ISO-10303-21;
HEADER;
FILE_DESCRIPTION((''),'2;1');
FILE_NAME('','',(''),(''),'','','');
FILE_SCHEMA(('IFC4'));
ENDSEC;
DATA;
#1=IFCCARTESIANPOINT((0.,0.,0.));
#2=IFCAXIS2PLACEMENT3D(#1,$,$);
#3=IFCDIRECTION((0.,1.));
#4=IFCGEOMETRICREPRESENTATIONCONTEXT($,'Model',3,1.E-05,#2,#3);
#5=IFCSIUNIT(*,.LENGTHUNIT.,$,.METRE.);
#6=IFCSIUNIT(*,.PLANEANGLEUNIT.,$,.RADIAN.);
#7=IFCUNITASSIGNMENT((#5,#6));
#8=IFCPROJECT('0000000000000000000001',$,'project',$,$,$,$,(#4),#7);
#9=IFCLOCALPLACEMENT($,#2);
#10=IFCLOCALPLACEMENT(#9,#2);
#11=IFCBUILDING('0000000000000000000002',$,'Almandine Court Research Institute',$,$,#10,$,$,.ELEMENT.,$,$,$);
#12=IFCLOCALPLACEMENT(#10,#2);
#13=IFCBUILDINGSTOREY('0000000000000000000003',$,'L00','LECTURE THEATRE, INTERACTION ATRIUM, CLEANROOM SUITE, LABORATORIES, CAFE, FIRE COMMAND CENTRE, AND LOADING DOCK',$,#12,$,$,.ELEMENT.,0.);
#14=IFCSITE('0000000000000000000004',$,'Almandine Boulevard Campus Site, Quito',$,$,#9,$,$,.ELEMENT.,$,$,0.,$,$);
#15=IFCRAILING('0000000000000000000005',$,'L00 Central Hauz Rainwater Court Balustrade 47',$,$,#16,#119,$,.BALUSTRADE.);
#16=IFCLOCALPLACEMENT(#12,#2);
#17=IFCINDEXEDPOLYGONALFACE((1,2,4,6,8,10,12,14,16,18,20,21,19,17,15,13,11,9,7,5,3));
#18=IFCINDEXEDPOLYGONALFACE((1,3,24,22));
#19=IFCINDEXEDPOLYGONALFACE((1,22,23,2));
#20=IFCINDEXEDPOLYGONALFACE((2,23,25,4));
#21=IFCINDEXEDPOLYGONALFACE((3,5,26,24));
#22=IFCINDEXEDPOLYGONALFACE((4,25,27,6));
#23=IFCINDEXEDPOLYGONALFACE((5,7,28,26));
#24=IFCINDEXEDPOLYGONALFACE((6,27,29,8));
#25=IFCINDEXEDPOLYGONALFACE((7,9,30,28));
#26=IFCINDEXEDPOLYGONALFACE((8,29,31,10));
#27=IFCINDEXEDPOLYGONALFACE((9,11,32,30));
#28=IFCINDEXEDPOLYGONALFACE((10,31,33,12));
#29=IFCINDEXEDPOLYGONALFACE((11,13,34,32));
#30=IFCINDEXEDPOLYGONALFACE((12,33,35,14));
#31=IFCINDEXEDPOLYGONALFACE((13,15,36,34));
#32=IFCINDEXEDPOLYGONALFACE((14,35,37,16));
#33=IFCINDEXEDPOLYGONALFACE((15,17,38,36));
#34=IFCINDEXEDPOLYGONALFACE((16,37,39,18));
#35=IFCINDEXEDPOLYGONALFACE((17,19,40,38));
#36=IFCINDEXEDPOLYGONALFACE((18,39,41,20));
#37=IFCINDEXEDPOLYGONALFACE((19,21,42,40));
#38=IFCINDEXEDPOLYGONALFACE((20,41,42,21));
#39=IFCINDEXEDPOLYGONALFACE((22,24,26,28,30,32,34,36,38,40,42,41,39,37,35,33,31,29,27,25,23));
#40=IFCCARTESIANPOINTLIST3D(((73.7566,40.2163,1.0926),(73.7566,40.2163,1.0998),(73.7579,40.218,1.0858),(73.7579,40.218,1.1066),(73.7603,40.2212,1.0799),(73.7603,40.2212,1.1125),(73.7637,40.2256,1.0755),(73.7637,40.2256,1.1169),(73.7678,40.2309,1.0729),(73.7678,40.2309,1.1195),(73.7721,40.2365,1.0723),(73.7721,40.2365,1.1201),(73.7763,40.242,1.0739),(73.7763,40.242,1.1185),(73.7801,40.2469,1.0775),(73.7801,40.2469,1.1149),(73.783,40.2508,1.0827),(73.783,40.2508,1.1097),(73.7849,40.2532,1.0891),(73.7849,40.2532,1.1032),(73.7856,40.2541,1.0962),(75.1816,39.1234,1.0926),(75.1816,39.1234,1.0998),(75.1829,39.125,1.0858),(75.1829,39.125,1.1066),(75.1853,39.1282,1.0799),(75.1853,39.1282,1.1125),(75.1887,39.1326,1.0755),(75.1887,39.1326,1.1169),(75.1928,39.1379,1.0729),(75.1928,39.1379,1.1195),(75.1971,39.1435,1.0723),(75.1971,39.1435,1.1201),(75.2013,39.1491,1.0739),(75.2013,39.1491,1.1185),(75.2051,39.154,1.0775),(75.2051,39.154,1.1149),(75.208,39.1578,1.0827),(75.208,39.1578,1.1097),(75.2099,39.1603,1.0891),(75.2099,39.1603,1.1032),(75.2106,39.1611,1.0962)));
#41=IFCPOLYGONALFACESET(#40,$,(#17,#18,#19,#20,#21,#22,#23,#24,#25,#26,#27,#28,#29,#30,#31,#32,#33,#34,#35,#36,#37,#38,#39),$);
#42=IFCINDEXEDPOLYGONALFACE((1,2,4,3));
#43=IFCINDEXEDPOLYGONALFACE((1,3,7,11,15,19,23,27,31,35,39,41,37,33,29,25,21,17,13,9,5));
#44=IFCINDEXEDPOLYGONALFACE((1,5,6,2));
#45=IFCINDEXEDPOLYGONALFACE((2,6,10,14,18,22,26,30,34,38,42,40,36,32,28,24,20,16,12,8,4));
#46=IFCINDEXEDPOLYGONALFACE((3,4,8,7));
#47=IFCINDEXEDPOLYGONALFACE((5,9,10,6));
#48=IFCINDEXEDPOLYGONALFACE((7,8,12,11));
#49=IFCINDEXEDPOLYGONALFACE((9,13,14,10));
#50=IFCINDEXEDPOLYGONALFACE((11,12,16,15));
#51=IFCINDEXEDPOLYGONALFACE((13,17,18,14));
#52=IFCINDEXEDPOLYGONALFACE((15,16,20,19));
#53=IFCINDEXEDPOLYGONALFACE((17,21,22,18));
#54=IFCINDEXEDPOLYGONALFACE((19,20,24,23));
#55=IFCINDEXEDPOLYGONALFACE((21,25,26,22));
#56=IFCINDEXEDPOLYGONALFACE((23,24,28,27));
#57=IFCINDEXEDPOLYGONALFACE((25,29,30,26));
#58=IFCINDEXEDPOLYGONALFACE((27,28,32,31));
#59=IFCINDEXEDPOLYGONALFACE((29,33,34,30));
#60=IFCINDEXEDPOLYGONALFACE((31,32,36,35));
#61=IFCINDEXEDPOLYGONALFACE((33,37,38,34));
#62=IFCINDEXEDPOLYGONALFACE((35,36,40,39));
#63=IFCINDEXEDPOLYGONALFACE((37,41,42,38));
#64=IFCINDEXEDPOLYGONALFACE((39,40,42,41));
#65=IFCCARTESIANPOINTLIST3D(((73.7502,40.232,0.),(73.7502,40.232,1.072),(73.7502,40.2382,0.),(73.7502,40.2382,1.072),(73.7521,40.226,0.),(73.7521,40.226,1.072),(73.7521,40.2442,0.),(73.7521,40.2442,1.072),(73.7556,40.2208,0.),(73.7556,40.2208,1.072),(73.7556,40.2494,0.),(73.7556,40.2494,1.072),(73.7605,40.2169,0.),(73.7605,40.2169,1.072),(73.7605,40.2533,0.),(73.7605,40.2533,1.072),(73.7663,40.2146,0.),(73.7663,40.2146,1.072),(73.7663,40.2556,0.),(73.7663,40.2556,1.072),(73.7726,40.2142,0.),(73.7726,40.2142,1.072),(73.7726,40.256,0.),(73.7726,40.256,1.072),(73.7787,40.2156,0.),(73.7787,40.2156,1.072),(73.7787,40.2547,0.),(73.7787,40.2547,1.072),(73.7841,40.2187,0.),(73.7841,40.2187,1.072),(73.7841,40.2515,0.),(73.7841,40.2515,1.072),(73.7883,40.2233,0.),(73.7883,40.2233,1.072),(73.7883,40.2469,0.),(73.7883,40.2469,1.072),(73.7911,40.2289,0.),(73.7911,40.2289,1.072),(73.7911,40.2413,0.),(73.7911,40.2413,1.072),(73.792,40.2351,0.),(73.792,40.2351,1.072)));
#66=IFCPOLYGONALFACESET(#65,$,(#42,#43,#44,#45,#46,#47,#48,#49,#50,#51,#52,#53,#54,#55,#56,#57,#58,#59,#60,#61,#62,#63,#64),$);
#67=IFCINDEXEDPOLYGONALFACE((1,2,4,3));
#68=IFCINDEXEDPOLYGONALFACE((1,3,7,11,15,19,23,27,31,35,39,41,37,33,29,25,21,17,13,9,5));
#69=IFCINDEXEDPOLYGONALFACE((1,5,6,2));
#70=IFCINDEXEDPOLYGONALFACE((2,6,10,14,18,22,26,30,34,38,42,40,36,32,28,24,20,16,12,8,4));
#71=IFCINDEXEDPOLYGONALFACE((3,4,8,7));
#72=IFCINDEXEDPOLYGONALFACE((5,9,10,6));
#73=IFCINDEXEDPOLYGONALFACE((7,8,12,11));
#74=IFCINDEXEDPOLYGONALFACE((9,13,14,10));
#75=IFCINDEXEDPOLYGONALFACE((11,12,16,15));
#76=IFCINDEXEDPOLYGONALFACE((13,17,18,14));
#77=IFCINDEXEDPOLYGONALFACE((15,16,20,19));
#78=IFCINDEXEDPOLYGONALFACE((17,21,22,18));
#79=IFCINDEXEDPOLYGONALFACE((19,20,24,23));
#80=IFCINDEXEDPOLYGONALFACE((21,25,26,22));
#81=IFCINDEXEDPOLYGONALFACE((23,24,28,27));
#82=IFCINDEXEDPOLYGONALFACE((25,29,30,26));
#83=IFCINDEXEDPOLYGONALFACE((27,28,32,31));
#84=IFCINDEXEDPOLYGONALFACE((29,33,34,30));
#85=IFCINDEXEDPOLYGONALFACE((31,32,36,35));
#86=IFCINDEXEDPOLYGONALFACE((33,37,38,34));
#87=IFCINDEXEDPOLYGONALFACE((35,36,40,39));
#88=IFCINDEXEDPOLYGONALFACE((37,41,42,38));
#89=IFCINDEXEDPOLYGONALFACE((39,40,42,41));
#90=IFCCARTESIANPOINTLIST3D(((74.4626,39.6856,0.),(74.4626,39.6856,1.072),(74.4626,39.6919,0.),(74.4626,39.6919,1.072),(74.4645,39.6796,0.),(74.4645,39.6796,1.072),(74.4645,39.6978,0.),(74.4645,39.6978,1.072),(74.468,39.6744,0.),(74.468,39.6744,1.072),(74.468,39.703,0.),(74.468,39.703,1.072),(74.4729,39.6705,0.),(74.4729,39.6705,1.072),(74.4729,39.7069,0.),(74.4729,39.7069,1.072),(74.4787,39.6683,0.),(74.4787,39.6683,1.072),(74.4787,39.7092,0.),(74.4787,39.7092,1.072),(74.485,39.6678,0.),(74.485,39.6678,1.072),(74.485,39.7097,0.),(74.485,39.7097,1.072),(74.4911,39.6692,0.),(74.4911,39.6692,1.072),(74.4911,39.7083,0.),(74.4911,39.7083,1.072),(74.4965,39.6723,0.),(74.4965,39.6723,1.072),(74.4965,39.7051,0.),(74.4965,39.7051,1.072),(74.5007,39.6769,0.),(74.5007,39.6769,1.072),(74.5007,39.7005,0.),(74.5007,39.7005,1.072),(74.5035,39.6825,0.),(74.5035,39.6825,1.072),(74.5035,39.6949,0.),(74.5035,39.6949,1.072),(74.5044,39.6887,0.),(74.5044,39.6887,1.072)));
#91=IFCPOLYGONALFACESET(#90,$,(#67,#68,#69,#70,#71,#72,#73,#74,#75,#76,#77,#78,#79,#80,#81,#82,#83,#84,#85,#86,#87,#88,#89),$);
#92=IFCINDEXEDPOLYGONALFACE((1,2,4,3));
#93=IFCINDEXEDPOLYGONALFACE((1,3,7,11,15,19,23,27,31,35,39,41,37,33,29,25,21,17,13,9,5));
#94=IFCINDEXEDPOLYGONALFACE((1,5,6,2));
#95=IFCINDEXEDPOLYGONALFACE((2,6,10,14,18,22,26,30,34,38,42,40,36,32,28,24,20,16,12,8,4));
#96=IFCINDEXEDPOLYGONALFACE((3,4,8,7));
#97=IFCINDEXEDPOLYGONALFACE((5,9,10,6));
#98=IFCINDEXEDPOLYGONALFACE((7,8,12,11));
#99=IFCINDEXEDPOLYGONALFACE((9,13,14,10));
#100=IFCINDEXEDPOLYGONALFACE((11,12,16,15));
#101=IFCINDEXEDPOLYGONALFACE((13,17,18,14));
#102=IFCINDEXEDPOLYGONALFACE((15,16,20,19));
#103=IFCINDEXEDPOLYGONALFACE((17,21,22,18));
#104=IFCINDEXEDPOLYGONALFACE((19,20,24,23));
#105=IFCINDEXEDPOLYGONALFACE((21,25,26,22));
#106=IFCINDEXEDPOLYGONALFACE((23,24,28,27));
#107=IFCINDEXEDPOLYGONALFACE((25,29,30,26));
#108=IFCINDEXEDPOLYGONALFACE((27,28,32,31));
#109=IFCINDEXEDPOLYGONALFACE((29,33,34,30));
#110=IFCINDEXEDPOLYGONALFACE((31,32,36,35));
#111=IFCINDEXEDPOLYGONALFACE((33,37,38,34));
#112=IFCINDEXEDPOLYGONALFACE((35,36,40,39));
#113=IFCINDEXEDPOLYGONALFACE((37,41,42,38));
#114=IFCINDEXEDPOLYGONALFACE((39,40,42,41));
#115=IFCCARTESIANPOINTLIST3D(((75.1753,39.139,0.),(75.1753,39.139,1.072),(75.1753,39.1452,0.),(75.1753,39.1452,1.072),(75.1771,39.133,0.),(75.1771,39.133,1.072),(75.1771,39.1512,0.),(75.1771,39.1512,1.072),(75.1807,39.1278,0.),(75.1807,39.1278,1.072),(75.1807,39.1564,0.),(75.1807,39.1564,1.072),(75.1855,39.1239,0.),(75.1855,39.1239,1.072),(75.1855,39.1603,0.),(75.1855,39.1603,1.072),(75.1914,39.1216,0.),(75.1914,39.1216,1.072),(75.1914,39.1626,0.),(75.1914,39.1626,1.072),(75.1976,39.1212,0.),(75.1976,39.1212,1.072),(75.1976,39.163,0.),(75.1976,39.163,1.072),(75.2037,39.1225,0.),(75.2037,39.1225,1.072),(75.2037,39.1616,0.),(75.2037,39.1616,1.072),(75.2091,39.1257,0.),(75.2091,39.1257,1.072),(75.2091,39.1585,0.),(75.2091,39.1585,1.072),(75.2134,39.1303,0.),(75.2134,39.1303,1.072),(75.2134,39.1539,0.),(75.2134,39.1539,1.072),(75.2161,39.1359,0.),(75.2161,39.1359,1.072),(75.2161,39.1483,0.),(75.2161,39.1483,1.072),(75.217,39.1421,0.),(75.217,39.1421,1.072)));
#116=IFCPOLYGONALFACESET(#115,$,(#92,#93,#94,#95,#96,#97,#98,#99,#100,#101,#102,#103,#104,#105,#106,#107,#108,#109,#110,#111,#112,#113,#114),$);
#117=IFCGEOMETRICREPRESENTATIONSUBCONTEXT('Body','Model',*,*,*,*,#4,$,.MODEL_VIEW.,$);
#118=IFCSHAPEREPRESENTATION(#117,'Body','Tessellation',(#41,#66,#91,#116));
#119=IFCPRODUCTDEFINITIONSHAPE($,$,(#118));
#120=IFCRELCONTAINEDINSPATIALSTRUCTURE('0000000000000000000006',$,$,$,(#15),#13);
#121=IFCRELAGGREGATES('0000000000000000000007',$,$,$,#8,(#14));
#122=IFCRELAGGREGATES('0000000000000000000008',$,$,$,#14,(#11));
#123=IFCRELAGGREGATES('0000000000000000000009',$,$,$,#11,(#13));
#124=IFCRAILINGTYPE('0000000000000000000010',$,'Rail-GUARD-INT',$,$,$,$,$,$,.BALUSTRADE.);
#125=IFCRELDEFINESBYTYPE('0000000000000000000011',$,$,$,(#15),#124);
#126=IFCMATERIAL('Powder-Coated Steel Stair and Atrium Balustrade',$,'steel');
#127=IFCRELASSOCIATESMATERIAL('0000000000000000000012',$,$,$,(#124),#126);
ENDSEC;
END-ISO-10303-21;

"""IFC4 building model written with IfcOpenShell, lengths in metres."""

from ifc_helpers import new_model, si_unit, direction, frame, origin, origin_2d, place, context, subcontext, project, spatial, circle, extrude, material, type_object, element, save


model = new_model("IFC4")

# Units and contexts
model_context = context("Model", 3, precision=1e-05, world=origin(), true_north=direction((0.0, 1.0)))
body_context = subcontext(model_context, "Body", "Model", "MODEL_VIEW")
ifc_project = project(units=[si_unit("LENGTHUNIT", "METRE"), si_unit("PLANEANGLEUNIT", "RADIAN")], contexts=[model_context])

# Site, building, storey
site_placement = place(None, origin())
site = spatial("IfcSite", under=ifc_project, at=site_placement, Name="Almandine Boulevard Campus Site, Quito", CompositionType="ELEMENT", RefElevation=0.0)
building_placement = place(site_placement, origin())
building = spatial("IfcBuilding", under=site, at=building_placement, Name="Almandine Court Research Institute", CompositionType="ELEMENT")
storey_placement = place(building_placement, origin())
storey = spatial("IfcBuildingStorey", under=building, at=storey_placement, Name="L00", Description="LECTURE THEATRE, INTERACTION ATRIUM, CLEANROOM SUITE, LABORATORIES, CAFE, FIRE COMMAND CENTRE, AND LOADING DOCK", CompositionType="ELEMENT", Elevation=0.0)

# Railing
ifc_material_1 = material(Name="Powder-Coated Steel Stair and Atrium Balustrade", Category="steel")
railing_type = type_object("IfcRailingType", Name="Rail-GUARD-INT", PredefinedType="BALUSTRADE", material=ifc_material_1)
railing_1_placement = place(storey_placement, frame((73.771, 40.2351, 0.0)))
element("IfcRailing", 1, at=railing_1_placement, inside=storey, type_object=railing_type, Name="L00 Central Hauz Rainwater Court Balustrade 47", PredefinedType="BALUSTRADE", context=body_context, shape_type="SweptSolid", body=[
    extrude(circle(Radius=0.0239, at=origin_2d()), frame((0.0, 0.0, 1.0962), z_axis=(0.793477, -0.6086, 0.0), x_axis=(0.6086, 0.793477, 0.0)), (0.0, 0.0, 1.0), 1.7959),
    extrude(circle(Radius=0.021, at=origin_2d()), origin(), (0.0, 0.0, 1.0), 1.072),
    extrude(circle(Radius=0.021, at=origin_2d()), frame((0.7124, -0.5464, 0.0)), (0.0, 0.0, 1.0), 1.072),
    extrude(circle(Radius=0.021, at=origin_2d()), frame((1.425, -1.093, 0.0)), (0.0, 0.0, 1.0), 1.072),
])

save(model, "model.ifc")
